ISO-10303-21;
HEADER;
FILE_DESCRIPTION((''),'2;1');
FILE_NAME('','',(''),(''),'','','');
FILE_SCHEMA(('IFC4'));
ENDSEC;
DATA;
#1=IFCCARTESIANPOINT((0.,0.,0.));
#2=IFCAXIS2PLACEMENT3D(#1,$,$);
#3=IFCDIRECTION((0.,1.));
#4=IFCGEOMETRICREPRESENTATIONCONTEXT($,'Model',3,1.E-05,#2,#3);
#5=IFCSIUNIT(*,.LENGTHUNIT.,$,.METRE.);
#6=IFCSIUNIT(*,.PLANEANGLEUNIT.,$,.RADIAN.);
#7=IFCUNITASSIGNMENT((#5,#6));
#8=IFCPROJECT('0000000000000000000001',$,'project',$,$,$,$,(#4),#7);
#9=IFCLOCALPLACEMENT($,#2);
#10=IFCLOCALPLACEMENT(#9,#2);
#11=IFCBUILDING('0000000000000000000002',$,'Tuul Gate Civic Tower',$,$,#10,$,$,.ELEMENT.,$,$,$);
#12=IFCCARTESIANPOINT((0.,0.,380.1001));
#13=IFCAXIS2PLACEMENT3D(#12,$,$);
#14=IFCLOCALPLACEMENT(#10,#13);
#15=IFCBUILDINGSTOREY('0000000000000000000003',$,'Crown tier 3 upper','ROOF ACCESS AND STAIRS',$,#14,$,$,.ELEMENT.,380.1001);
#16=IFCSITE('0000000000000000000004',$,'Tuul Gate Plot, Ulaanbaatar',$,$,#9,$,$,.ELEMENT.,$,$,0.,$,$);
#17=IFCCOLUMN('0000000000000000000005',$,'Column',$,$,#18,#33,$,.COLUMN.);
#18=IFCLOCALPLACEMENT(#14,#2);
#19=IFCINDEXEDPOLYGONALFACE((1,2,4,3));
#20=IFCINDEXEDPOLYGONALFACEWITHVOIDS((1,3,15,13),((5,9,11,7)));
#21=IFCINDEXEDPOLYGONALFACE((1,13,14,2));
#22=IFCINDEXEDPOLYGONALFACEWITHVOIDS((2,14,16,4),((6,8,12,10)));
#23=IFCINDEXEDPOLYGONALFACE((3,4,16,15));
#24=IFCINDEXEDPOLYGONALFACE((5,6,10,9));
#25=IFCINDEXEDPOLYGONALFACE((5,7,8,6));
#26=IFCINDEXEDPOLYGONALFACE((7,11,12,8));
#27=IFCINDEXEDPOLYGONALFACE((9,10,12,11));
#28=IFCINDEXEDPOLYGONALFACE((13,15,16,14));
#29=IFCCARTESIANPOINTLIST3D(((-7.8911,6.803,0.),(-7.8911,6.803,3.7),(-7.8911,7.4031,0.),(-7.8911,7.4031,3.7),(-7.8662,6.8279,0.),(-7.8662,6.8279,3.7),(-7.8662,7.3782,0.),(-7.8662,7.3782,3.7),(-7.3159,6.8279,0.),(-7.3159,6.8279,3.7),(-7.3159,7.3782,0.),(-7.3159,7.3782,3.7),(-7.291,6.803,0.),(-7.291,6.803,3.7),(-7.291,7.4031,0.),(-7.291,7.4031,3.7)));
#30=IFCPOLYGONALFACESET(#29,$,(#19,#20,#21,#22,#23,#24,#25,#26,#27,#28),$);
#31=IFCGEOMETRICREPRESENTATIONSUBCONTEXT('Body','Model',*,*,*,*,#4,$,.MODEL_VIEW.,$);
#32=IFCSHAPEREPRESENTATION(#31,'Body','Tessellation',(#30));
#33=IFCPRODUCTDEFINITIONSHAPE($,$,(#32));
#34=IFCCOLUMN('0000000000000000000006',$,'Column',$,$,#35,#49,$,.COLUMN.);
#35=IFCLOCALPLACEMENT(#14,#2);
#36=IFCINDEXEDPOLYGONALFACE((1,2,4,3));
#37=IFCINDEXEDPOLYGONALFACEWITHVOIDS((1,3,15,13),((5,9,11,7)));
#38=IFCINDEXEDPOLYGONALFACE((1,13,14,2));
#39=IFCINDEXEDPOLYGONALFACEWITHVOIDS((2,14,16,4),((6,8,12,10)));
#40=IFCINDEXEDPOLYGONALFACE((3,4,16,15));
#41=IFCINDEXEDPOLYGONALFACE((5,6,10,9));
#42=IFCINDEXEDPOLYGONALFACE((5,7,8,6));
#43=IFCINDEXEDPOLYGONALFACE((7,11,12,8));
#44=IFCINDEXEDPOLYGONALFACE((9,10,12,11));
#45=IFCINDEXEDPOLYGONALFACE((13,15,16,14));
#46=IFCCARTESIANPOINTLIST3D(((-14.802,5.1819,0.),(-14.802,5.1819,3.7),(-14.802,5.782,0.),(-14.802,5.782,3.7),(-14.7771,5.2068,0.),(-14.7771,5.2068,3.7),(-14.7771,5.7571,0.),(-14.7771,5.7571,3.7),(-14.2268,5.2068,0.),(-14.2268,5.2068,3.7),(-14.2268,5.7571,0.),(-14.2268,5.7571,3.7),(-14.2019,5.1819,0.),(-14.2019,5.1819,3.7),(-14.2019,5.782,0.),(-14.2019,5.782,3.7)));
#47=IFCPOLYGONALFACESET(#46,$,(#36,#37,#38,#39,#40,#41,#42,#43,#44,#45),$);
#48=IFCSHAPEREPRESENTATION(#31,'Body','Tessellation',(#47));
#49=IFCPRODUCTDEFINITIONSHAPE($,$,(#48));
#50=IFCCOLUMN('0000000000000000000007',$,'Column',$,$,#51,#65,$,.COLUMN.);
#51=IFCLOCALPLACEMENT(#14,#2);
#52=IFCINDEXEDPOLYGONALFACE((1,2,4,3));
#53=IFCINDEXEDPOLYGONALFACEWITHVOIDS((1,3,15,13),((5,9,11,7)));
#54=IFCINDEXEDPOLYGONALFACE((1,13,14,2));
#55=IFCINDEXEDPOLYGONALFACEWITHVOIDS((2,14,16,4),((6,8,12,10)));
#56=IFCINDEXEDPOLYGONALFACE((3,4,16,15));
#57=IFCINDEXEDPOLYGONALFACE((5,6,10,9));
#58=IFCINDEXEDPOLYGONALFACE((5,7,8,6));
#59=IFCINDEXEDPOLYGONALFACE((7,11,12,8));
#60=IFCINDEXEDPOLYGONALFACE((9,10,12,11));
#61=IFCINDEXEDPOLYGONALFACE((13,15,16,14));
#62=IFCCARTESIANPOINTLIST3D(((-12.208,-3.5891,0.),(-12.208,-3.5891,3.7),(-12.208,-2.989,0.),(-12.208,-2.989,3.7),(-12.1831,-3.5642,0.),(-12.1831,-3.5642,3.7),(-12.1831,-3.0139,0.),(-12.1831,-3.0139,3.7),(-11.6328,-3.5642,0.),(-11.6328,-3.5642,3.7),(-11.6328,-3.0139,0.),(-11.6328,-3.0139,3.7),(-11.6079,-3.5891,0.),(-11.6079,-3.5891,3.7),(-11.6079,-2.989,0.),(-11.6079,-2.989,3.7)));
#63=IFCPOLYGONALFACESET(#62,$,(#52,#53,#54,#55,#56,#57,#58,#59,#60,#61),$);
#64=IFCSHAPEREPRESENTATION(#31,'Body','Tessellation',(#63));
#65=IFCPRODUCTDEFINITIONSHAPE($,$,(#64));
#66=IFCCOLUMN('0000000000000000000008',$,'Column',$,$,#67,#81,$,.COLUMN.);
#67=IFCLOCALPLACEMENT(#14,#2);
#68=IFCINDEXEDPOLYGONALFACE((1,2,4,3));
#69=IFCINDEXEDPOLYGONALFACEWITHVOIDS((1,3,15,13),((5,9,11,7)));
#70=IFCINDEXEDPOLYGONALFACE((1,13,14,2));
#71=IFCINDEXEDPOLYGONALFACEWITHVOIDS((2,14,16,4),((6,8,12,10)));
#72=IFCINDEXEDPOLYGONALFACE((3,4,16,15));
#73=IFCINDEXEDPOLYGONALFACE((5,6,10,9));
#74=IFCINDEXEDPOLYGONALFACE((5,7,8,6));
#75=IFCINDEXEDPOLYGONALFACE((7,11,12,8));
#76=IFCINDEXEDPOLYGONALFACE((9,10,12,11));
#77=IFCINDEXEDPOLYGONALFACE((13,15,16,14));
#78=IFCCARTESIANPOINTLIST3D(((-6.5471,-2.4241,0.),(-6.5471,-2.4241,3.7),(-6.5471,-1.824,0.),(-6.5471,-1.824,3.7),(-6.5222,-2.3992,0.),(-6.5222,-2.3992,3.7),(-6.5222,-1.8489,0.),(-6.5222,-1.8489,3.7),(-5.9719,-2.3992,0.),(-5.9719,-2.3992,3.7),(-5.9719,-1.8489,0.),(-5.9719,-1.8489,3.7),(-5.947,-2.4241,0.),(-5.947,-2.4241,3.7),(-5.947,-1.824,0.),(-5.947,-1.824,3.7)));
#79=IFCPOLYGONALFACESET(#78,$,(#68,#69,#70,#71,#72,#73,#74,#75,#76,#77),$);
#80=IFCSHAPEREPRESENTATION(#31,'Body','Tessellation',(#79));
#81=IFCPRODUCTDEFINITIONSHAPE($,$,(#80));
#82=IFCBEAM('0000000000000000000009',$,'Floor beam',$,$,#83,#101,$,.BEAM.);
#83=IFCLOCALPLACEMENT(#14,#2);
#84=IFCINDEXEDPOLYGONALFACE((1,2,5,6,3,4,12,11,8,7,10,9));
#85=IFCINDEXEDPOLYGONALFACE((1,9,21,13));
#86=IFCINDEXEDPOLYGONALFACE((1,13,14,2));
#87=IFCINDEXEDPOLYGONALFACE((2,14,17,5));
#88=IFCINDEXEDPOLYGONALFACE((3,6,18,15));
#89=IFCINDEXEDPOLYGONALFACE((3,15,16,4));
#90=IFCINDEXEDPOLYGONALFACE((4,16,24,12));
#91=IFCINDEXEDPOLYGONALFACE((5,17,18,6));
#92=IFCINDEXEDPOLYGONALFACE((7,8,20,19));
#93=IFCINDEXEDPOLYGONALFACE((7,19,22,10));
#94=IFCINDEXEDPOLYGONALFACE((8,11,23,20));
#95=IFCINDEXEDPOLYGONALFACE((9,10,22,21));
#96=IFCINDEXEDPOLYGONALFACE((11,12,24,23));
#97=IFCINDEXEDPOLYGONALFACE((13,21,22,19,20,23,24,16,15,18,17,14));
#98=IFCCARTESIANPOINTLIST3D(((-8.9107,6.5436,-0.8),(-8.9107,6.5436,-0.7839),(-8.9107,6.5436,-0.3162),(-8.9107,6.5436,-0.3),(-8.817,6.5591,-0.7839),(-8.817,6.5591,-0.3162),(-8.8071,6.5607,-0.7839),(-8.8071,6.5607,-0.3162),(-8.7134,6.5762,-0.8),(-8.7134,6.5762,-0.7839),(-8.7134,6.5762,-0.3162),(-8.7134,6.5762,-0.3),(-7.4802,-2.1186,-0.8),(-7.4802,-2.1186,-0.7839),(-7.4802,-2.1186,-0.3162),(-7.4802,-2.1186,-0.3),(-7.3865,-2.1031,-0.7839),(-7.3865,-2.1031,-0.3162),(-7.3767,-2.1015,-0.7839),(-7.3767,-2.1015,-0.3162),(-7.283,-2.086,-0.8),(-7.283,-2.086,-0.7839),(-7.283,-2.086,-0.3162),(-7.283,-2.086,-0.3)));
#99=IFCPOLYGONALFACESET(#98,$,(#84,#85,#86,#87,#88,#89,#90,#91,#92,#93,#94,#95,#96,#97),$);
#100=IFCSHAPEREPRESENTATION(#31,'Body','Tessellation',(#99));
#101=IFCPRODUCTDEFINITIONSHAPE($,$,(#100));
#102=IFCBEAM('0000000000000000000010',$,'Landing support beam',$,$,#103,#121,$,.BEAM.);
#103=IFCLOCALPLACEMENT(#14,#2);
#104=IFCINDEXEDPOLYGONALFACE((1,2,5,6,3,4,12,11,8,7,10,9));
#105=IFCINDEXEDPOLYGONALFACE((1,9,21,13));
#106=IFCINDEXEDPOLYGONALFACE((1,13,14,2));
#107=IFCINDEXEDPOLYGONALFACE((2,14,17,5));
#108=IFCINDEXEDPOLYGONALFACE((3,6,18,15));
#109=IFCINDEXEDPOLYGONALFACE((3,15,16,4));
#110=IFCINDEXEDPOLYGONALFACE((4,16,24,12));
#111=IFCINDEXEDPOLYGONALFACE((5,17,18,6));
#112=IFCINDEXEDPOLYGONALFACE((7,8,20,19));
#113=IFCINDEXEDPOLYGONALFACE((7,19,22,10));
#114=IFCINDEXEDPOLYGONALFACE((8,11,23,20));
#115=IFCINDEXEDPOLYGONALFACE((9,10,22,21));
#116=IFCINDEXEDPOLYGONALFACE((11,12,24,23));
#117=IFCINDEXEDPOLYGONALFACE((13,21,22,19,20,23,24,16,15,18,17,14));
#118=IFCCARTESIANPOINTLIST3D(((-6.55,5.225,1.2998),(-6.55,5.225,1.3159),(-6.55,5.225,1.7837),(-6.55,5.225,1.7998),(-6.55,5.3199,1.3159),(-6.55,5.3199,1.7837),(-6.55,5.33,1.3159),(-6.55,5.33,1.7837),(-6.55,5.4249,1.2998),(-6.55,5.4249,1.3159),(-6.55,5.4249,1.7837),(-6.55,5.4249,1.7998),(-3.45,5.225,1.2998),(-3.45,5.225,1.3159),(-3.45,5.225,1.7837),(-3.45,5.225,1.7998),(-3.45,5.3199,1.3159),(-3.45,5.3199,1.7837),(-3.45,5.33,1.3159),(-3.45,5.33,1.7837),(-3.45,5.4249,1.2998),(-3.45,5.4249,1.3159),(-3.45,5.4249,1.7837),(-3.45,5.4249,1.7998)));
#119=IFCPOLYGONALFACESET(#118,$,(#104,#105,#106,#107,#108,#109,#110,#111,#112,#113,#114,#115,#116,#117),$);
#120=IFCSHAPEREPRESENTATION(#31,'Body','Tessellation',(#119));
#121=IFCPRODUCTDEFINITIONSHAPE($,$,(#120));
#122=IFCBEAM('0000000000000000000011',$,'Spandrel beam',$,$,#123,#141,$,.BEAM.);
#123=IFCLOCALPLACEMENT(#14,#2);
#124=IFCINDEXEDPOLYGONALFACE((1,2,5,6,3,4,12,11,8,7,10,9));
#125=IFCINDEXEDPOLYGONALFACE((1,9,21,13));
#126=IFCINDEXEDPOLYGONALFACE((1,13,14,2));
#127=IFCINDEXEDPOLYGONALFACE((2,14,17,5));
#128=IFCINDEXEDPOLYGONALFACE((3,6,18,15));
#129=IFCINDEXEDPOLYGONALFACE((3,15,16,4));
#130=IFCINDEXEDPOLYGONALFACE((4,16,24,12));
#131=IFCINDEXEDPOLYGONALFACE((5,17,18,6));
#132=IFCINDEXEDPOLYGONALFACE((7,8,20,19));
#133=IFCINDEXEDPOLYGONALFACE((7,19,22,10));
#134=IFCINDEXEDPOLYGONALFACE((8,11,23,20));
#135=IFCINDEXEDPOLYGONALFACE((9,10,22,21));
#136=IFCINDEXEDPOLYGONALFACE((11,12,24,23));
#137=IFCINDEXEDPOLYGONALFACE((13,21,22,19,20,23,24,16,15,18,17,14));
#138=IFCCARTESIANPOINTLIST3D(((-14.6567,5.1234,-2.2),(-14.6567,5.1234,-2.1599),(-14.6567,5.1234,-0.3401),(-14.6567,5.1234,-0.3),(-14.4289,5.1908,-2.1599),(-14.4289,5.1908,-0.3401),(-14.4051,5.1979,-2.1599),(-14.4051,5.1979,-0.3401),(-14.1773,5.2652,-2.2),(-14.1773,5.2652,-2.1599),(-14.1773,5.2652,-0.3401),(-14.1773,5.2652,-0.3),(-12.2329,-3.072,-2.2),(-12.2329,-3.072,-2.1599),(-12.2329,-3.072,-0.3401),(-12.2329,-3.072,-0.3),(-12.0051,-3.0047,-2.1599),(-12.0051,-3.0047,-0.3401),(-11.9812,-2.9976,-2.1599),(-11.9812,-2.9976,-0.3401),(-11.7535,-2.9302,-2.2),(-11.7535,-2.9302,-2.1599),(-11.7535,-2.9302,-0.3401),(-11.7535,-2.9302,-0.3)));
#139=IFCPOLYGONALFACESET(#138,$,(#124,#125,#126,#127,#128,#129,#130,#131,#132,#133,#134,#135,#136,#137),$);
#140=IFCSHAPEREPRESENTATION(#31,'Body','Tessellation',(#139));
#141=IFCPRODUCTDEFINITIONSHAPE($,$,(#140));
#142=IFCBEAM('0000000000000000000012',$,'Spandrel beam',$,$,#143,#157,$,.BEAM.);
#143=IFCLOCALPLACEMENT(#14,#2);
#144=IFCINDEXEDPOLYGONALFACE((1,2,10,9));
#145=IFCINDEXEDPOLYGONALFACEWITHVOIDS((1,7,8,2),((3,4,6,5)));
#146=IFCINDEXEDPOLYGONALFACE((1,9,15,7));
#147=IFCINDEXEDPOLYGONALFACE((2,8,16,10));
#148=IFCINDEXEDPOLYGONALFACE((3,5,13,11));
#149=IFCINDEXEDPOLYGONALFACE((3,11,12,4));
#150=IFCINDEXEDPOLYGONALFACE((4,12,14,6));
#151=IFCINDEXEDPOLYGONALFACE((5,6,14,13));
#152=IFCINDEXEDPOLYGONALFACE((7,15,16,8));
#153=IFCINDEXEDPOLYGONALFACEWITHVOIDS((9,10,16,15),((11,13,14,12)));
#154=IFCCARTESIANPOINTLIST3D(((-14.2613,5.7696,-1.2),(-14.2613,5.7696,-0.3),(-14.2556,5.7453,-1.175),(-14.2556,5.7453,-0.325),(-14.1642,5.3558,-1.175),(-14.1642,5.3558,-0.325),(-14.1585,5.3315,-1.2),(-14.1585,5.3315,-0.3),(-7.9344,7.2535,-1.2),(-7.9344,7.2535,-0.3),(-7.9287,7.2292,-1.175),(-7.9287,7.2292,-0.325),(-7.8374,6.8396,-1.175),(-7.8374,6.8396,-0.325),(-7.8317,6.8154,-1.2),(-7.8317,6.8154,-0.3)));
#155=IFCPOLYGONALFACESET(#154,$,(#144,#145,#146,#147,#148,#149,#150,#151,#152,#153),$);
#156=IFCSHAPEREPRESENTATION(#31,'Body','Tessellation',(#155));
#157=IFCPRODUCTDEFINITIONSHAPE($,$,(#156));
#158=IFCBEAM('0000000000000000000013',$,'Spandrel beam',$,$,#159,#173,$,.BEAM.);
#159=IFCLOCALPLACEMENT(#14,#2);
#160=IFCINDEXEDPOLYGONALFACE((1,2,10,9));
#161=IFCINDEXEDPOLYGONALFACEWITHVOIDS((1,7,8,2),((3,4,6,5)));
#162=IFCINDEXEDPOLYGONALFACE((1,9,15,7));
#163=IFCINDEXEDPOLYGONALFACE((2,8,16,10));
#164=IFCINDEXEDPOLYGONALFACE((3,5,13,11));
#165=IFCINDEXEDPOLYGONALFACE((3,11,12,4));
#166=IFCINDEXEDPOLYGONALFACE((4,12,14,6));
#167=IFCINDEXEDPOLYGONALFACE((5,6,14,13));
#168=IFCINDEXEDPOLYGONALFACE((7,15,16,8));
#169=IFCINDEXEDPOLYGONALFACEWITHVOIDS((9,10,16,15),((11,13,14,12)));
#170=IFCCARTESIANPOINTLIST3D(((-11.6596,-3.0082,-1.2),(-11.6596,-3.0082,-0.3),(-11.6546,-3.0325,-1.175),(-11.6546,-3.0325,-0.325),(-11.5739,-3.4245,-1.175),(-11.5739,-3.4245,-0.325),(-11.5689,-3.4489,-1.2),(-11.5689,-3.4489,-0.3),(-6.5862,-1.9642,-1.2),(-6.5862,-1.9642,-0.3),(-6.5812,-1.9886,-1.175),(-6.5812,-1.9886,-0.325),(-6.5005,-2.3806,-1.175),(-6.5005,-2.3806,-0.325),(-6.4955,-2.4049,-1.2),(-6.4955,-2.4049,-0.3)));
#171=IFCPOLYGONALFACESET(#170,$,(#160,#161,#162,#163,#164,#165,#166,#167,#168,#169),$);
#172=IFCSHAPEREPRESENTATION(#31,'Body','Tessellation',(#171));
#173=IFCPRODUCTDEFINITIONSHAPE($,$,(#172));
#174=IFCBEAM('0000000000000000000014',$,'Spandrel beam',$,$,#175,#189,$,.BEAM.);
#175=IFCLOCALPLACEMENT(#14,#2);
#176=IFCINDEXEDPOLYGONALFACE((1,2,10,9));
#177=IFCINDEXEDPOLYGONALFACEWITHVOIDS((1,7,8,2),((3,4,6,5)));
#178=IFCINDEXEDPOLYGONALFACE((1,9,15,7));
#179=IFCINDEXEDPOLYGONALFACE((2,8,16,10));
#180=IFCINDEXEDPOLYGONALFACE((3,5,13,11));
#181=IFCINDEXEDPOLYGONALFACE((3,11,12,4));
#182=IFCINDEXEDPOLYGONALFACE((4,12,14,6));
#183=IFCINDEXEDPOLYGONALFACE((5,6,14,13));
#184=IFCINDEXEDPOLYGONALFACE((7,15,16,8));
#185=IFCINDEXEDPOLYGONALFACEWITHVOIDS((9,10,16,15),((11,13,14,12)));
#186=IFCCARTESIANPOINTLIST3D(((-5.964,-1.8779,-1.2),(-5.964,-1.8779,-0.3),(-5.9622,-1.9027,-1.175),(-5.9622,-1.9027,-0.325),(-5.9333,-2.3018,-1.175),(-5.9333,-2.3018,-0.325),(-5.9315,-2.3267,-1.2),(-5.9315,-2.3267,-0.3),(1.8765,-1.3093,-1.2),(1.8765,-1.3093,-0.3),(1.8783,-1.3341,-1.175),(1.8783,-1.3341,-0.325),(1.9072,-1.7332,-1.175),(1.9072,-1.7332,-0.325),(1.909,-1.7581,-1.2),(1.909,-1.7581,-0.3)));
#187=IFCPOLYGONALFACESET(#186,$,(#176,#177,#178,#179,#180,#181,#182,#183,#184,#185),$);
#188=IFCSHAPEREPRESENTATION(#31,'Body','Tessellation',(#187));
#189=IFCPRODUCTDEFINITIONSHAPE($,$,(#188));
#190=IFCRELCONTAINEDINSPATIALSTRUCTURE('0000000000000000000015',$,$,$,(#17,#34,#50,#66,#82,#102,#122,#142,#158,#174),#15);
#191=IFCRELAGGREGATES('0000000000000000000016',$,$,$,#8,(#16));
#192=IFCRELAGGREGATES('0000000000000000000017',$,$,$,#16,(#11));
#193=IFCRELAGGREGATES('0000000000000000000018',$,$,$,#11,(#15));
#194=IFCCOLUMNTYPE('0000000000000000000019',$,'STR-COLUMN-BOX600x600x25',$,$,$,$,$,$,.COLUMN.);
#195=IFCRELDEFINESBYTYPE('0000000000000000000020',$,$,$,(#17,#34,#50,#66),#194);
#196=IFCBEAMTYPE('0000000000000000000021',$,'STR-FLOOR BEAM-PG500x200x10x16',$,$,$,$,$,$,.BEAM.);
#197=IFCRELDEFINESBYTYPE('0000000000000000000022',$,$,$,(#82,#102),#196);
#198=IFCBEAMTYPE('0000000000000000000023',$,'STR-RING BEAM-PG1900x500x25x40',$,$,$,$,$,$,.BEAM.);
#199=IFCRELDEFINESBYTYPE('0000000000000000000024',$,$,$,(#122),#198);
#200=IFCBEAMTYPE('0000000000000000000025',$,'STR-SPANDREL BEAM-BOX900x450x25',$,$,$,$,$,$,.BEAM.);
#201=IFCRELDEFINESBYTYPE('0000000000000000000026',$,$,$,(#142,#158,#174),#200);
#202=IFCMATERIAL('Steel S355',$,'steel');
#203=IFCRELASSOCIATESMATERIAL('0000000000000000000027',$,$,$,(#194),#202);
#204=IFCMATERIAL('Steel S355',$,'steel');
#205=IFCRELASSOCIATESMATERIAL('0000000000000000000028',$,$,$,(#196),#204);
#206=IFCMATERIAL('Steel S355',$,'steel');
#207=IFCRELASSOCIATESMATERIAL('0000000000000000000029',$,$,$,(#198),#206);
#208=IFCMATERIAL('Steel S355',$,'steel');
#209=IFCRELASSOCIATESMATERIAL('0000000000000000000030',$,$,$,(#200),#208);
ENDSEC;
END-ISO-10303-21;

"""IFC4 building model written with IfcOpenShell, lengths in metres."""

from ifc_helpers import new_model, si_unit, direction, frame, origin, origin_2d, place, context, subcontext, project, spatial, hollow_rectangle, i_section, extrude, material, material_profile, profile_set, type_object, element, save


model = new_model("IFC4")

# Units and contexts
model_context = context("Model", 3, precision=1e-05, world=origin(), true_north=direction((0.0, 1.0)))
body_context = subcontext(model_context, "Body", "Model", "MODEL_VIEW")
ifc_project = project(units=[si_unit("LENGTHUNIT", "METRE"), si_unit("PLANEANGLEUNIT", "RADIAN")], contexts=[model_context])

# Site, building, storey
site_placement = place(None, origin())
site = spatial("IfcSite", under=ifc_project, at=site_placement, Name="Tuul Gate Plot, Ulaanbaatar", CompositionType="ELEMENT", RefElevation=0.0)
building_placement = place(site_placement, origin())
building = spatial("IfcBuilding", under=site, at=building_placement, Name="Tuul Gate Civic Tower", CompositionType="ELEMENT")
storey_placement = place(building_placement, frame((0.0, 0.0, 380.1001)))
storey = spatial("IfcBuildingStorey", under=building, at=storey_placement, Name="Crown tier 3 upper", Description="ROOF ACCESS AND STAIRS", CompositionType="ELEMENT", Elevation=380.1001)

# Columns
ifc_material_1 = material(Name="Steel S355", Category="steel")
ifc_material_profile_1 = material_profile(ifc_material_1, hollow_rectangle(XDim=0.6001, YDim=0.6001, WallThickness=0.0249, at=origin_2d()), Name="BOX600x600x25")
ifc_profile_set_1 = profile_set([ifc_material_profile_1], Name="Steel S355")
column_type = type_object("IfcColumnType", Name="STR-COLUMN-BOX600x600x25", PredefinedType="COLUMN", material=ifc_profile_set_1)
for number, where, z_axis, x_axis, name in (
    (1, (-7.5911, 7.103, 0.0), (0.0, 0.0, 1.0), (1.0, 0.0, 0.0), "Column"),
    (2, (-14.502, 5.4819, 0.0), (0.0, 0.0, 1.0), (1.0, 0.0, 0.0), "Column"),
    (3, (-11.908, -3.2891, 0.0), (0.0, 0.0, 1.0), (1.0, 0.0, 0.0), "Column"),
    (4, (-6.2471, -2.124, 0.0), (0.0, 0.0, 1.0), (1.0, 0.0, 0.0), "Column"),
):
    element("IfcColumn", number, at=place(storey_placement, frame(where, z_axis=z_axis, x_axis=x_axis)), inside=storey, type_object=column_type, Name=name, PredefinedType="COLUMN", context=body_context, shape_type="SweptSolid", body=[
        extrude(hollow_rectangle(XDim=0.6001, YDim=0.6001, WallThickness=0.0249, at=origin_2d()), origin(), (0.0, 0.0, 1.0), 3.7),
    ])

# Beams
ifc_material_2 = material(Name="Steel S355", Category="steel")
ifc_material_profile_2 = material_profile(ifc_material_2, i_section(OverallWidth=0.2, OverallDepth=0.5, WebThickness=0.01, FlangeThickness=0.0161, at=origin_2d()), Name="PG500x200x10x16")
ifc_profile_set_2 = profile_set([ifc_material_profile_2], Name="Steel S355")
beam_type_1 = type_object("IfcBeamType", Name="STR-FLOOR BEAM-PG500x200x10x16", PredefinedType="BEAM", material=ifc_profile_set_2)
beam_1_placement = place(storey_placement, frame((-7.3816, -2.1023, -0.55), z_axis=(-0.162929, 0.986638, 0.0), x_axis=(-0.986638, -0.162929, 0.0)))
element("IfcBeam", 5, at=beam_1_placement, inside=storey, type_object=beam_type_1, Name="Floor beam", PredefinedType="BEAM", context=body_context, shape_type="SweptSolid", body=[
    extrude(i_section(OverallWidth=0.2, OverallDepth=0.5, WebThickness=0.01, FlangeThickness=0.0161, at=origin_2d()), origin(), (0.0, 0.0, 1.0), 8.7795),
])
beam_2_placement = place(storey_placement, frame((-6.55, 5.325, 1.5498), z_axis=(1.0, 0.0, 0.0), x_axis=(0.0, 1.0, 0.0)))
element("IfcBeam", 6, at=beam_2_placement, inside=storey, type_object=beam_type_1, Name="Landing support beam", PredefinedType="BEAM", context=body_context, shape_type="SweptSolid", body=[
    extrude(i_section(OverallWidth=0.2, OverallDepth=0.5, WebThickness=0.01, FlangeThickness=0.0161, at=origin_2d()), origin(), (0.0, 0.0, 1.0), 3.1001),
])
ifc_material_3 = material(Name="Steel S355", Category="steel")
ifc_material_profile_3 = material_profile(ifc_material_3, i_section(OverallWidth=0.5, OverallDepth=1.8999, WebThickness=0.0249, FlangeThickness=0.04, at=origin_2d()), Name="PG1900x500x25x40")
ifc_profile_set_3 = profile_set([ifc_material_profile_3], Name="Steel S355")
beam_type_2 = type_object("IfcBeamType", Name="STR-RING BEAM-PG1900x500x25x40", PredefinedType="BEAM", material=ifc_profile_set_3)
beam_3_placement = place(storey_placement, frame((-14.417, 5.1943, -1.25), z_axis=(0.283606, -0.958941, 0.0), x_axis=(0.958941, 0.283606, 0.0)))
element("IfcBeam", 7, at=beam_3_placement, inside=storey, type_object=beam_type_2, Name="Spandrel beam", PredefinedType="BEAM", context=body_context, shape_type="SweptSolid", body=[
    extrude(i_section(OverallWidth=0.5, OverallDepth=1.8999, WebThickness=0.0249, FlangeThickness=0.04, at=origin_2d()), origin(), (0.0, 0.0, 1.0), 8.5464),
])
ifc_material_4 = material(Name="Steel S355", Category="steel")
ifc_material_profile_4 = material_profile(ifc_material_4, hollow_rectangle(XDim=0.45, YDim=0.8999, WallThickness=0.0249, at=origin_2d()), Name="BOX900x450x25")
ifc_profile_set_4 = profile_set([ifc_material_profile_4], Name="Steel S355")
beam_type_3 = type_object("IfcBeamType", Name="STR-SPANDREL BEAM-BOX900x450x25", PredefinedType="BEAM", material=ifc_profile_set_4)
beam_4_placement = place(storey_placement, frame((-7.8831, 7.0344, -0.75), z_axis=(-0.973581, -0.22834, 0.0), x_axis=(0.22834, -0.973581, 0.0)))
element("IfcBeam", 8, at=beam_4_placement, inside=storey, type_object=beam_type_3, Name="Spandrel beam", PredefinedType="BEAM", context=body_context, shape_type="SweptSolid", body=[
    extrude(hollow_rectangle(XDim=0.45, YDim=0.8999, WallThickness=0.0249, at=origin_2d()), origin(), (0.0, 0.0, 1.0), 6.4985),
])
beam_5_placement = place(storey_placement, frame((-11.6143, -3.2285, -0.75), z_axis=(0.97948, 0.201543, 0.0), x_axis=(-0.201543, 0.97948, 0.0)))
element("IfcBeam", 9, at=beam_5_placement, inside=storey, type_object=beam_type_3, Name="Spandrel beam", PredefinedType="BEAM", context=body_context, shape_type="SweptSolid", body=[
    extrude(hollow_rectangle(XDim=0.45, YDim=0.8999, WallThickness=0.0249, at=origin_2d()), origin(), (0.0, 0.0, 1.0), 5.1797),
])
beam_6_placement = place(storey_placement, frame((-5.9478, -2.1023, -0.75), z_axis=(0.997381, 0.072331, 0.0), x_axis=(-0.072331, 0.997381, 0.0)))
element("IfcBeam", 10, at=beam_6_placement, inside=storey, type_object=beam_type_3, Name="Spandrel beam", PredefinedType="BEAM", context=body_context, shape_type="SweptSolid", body=[
    extrude(hollow_rectangle(XDim=0.45, YDim=0.8999, WallThickness=0.0249, at=origin_2d()), origin(), (0.0, 0.0, 1.0), 7.8611),
])

save(model, "model.ifc")
